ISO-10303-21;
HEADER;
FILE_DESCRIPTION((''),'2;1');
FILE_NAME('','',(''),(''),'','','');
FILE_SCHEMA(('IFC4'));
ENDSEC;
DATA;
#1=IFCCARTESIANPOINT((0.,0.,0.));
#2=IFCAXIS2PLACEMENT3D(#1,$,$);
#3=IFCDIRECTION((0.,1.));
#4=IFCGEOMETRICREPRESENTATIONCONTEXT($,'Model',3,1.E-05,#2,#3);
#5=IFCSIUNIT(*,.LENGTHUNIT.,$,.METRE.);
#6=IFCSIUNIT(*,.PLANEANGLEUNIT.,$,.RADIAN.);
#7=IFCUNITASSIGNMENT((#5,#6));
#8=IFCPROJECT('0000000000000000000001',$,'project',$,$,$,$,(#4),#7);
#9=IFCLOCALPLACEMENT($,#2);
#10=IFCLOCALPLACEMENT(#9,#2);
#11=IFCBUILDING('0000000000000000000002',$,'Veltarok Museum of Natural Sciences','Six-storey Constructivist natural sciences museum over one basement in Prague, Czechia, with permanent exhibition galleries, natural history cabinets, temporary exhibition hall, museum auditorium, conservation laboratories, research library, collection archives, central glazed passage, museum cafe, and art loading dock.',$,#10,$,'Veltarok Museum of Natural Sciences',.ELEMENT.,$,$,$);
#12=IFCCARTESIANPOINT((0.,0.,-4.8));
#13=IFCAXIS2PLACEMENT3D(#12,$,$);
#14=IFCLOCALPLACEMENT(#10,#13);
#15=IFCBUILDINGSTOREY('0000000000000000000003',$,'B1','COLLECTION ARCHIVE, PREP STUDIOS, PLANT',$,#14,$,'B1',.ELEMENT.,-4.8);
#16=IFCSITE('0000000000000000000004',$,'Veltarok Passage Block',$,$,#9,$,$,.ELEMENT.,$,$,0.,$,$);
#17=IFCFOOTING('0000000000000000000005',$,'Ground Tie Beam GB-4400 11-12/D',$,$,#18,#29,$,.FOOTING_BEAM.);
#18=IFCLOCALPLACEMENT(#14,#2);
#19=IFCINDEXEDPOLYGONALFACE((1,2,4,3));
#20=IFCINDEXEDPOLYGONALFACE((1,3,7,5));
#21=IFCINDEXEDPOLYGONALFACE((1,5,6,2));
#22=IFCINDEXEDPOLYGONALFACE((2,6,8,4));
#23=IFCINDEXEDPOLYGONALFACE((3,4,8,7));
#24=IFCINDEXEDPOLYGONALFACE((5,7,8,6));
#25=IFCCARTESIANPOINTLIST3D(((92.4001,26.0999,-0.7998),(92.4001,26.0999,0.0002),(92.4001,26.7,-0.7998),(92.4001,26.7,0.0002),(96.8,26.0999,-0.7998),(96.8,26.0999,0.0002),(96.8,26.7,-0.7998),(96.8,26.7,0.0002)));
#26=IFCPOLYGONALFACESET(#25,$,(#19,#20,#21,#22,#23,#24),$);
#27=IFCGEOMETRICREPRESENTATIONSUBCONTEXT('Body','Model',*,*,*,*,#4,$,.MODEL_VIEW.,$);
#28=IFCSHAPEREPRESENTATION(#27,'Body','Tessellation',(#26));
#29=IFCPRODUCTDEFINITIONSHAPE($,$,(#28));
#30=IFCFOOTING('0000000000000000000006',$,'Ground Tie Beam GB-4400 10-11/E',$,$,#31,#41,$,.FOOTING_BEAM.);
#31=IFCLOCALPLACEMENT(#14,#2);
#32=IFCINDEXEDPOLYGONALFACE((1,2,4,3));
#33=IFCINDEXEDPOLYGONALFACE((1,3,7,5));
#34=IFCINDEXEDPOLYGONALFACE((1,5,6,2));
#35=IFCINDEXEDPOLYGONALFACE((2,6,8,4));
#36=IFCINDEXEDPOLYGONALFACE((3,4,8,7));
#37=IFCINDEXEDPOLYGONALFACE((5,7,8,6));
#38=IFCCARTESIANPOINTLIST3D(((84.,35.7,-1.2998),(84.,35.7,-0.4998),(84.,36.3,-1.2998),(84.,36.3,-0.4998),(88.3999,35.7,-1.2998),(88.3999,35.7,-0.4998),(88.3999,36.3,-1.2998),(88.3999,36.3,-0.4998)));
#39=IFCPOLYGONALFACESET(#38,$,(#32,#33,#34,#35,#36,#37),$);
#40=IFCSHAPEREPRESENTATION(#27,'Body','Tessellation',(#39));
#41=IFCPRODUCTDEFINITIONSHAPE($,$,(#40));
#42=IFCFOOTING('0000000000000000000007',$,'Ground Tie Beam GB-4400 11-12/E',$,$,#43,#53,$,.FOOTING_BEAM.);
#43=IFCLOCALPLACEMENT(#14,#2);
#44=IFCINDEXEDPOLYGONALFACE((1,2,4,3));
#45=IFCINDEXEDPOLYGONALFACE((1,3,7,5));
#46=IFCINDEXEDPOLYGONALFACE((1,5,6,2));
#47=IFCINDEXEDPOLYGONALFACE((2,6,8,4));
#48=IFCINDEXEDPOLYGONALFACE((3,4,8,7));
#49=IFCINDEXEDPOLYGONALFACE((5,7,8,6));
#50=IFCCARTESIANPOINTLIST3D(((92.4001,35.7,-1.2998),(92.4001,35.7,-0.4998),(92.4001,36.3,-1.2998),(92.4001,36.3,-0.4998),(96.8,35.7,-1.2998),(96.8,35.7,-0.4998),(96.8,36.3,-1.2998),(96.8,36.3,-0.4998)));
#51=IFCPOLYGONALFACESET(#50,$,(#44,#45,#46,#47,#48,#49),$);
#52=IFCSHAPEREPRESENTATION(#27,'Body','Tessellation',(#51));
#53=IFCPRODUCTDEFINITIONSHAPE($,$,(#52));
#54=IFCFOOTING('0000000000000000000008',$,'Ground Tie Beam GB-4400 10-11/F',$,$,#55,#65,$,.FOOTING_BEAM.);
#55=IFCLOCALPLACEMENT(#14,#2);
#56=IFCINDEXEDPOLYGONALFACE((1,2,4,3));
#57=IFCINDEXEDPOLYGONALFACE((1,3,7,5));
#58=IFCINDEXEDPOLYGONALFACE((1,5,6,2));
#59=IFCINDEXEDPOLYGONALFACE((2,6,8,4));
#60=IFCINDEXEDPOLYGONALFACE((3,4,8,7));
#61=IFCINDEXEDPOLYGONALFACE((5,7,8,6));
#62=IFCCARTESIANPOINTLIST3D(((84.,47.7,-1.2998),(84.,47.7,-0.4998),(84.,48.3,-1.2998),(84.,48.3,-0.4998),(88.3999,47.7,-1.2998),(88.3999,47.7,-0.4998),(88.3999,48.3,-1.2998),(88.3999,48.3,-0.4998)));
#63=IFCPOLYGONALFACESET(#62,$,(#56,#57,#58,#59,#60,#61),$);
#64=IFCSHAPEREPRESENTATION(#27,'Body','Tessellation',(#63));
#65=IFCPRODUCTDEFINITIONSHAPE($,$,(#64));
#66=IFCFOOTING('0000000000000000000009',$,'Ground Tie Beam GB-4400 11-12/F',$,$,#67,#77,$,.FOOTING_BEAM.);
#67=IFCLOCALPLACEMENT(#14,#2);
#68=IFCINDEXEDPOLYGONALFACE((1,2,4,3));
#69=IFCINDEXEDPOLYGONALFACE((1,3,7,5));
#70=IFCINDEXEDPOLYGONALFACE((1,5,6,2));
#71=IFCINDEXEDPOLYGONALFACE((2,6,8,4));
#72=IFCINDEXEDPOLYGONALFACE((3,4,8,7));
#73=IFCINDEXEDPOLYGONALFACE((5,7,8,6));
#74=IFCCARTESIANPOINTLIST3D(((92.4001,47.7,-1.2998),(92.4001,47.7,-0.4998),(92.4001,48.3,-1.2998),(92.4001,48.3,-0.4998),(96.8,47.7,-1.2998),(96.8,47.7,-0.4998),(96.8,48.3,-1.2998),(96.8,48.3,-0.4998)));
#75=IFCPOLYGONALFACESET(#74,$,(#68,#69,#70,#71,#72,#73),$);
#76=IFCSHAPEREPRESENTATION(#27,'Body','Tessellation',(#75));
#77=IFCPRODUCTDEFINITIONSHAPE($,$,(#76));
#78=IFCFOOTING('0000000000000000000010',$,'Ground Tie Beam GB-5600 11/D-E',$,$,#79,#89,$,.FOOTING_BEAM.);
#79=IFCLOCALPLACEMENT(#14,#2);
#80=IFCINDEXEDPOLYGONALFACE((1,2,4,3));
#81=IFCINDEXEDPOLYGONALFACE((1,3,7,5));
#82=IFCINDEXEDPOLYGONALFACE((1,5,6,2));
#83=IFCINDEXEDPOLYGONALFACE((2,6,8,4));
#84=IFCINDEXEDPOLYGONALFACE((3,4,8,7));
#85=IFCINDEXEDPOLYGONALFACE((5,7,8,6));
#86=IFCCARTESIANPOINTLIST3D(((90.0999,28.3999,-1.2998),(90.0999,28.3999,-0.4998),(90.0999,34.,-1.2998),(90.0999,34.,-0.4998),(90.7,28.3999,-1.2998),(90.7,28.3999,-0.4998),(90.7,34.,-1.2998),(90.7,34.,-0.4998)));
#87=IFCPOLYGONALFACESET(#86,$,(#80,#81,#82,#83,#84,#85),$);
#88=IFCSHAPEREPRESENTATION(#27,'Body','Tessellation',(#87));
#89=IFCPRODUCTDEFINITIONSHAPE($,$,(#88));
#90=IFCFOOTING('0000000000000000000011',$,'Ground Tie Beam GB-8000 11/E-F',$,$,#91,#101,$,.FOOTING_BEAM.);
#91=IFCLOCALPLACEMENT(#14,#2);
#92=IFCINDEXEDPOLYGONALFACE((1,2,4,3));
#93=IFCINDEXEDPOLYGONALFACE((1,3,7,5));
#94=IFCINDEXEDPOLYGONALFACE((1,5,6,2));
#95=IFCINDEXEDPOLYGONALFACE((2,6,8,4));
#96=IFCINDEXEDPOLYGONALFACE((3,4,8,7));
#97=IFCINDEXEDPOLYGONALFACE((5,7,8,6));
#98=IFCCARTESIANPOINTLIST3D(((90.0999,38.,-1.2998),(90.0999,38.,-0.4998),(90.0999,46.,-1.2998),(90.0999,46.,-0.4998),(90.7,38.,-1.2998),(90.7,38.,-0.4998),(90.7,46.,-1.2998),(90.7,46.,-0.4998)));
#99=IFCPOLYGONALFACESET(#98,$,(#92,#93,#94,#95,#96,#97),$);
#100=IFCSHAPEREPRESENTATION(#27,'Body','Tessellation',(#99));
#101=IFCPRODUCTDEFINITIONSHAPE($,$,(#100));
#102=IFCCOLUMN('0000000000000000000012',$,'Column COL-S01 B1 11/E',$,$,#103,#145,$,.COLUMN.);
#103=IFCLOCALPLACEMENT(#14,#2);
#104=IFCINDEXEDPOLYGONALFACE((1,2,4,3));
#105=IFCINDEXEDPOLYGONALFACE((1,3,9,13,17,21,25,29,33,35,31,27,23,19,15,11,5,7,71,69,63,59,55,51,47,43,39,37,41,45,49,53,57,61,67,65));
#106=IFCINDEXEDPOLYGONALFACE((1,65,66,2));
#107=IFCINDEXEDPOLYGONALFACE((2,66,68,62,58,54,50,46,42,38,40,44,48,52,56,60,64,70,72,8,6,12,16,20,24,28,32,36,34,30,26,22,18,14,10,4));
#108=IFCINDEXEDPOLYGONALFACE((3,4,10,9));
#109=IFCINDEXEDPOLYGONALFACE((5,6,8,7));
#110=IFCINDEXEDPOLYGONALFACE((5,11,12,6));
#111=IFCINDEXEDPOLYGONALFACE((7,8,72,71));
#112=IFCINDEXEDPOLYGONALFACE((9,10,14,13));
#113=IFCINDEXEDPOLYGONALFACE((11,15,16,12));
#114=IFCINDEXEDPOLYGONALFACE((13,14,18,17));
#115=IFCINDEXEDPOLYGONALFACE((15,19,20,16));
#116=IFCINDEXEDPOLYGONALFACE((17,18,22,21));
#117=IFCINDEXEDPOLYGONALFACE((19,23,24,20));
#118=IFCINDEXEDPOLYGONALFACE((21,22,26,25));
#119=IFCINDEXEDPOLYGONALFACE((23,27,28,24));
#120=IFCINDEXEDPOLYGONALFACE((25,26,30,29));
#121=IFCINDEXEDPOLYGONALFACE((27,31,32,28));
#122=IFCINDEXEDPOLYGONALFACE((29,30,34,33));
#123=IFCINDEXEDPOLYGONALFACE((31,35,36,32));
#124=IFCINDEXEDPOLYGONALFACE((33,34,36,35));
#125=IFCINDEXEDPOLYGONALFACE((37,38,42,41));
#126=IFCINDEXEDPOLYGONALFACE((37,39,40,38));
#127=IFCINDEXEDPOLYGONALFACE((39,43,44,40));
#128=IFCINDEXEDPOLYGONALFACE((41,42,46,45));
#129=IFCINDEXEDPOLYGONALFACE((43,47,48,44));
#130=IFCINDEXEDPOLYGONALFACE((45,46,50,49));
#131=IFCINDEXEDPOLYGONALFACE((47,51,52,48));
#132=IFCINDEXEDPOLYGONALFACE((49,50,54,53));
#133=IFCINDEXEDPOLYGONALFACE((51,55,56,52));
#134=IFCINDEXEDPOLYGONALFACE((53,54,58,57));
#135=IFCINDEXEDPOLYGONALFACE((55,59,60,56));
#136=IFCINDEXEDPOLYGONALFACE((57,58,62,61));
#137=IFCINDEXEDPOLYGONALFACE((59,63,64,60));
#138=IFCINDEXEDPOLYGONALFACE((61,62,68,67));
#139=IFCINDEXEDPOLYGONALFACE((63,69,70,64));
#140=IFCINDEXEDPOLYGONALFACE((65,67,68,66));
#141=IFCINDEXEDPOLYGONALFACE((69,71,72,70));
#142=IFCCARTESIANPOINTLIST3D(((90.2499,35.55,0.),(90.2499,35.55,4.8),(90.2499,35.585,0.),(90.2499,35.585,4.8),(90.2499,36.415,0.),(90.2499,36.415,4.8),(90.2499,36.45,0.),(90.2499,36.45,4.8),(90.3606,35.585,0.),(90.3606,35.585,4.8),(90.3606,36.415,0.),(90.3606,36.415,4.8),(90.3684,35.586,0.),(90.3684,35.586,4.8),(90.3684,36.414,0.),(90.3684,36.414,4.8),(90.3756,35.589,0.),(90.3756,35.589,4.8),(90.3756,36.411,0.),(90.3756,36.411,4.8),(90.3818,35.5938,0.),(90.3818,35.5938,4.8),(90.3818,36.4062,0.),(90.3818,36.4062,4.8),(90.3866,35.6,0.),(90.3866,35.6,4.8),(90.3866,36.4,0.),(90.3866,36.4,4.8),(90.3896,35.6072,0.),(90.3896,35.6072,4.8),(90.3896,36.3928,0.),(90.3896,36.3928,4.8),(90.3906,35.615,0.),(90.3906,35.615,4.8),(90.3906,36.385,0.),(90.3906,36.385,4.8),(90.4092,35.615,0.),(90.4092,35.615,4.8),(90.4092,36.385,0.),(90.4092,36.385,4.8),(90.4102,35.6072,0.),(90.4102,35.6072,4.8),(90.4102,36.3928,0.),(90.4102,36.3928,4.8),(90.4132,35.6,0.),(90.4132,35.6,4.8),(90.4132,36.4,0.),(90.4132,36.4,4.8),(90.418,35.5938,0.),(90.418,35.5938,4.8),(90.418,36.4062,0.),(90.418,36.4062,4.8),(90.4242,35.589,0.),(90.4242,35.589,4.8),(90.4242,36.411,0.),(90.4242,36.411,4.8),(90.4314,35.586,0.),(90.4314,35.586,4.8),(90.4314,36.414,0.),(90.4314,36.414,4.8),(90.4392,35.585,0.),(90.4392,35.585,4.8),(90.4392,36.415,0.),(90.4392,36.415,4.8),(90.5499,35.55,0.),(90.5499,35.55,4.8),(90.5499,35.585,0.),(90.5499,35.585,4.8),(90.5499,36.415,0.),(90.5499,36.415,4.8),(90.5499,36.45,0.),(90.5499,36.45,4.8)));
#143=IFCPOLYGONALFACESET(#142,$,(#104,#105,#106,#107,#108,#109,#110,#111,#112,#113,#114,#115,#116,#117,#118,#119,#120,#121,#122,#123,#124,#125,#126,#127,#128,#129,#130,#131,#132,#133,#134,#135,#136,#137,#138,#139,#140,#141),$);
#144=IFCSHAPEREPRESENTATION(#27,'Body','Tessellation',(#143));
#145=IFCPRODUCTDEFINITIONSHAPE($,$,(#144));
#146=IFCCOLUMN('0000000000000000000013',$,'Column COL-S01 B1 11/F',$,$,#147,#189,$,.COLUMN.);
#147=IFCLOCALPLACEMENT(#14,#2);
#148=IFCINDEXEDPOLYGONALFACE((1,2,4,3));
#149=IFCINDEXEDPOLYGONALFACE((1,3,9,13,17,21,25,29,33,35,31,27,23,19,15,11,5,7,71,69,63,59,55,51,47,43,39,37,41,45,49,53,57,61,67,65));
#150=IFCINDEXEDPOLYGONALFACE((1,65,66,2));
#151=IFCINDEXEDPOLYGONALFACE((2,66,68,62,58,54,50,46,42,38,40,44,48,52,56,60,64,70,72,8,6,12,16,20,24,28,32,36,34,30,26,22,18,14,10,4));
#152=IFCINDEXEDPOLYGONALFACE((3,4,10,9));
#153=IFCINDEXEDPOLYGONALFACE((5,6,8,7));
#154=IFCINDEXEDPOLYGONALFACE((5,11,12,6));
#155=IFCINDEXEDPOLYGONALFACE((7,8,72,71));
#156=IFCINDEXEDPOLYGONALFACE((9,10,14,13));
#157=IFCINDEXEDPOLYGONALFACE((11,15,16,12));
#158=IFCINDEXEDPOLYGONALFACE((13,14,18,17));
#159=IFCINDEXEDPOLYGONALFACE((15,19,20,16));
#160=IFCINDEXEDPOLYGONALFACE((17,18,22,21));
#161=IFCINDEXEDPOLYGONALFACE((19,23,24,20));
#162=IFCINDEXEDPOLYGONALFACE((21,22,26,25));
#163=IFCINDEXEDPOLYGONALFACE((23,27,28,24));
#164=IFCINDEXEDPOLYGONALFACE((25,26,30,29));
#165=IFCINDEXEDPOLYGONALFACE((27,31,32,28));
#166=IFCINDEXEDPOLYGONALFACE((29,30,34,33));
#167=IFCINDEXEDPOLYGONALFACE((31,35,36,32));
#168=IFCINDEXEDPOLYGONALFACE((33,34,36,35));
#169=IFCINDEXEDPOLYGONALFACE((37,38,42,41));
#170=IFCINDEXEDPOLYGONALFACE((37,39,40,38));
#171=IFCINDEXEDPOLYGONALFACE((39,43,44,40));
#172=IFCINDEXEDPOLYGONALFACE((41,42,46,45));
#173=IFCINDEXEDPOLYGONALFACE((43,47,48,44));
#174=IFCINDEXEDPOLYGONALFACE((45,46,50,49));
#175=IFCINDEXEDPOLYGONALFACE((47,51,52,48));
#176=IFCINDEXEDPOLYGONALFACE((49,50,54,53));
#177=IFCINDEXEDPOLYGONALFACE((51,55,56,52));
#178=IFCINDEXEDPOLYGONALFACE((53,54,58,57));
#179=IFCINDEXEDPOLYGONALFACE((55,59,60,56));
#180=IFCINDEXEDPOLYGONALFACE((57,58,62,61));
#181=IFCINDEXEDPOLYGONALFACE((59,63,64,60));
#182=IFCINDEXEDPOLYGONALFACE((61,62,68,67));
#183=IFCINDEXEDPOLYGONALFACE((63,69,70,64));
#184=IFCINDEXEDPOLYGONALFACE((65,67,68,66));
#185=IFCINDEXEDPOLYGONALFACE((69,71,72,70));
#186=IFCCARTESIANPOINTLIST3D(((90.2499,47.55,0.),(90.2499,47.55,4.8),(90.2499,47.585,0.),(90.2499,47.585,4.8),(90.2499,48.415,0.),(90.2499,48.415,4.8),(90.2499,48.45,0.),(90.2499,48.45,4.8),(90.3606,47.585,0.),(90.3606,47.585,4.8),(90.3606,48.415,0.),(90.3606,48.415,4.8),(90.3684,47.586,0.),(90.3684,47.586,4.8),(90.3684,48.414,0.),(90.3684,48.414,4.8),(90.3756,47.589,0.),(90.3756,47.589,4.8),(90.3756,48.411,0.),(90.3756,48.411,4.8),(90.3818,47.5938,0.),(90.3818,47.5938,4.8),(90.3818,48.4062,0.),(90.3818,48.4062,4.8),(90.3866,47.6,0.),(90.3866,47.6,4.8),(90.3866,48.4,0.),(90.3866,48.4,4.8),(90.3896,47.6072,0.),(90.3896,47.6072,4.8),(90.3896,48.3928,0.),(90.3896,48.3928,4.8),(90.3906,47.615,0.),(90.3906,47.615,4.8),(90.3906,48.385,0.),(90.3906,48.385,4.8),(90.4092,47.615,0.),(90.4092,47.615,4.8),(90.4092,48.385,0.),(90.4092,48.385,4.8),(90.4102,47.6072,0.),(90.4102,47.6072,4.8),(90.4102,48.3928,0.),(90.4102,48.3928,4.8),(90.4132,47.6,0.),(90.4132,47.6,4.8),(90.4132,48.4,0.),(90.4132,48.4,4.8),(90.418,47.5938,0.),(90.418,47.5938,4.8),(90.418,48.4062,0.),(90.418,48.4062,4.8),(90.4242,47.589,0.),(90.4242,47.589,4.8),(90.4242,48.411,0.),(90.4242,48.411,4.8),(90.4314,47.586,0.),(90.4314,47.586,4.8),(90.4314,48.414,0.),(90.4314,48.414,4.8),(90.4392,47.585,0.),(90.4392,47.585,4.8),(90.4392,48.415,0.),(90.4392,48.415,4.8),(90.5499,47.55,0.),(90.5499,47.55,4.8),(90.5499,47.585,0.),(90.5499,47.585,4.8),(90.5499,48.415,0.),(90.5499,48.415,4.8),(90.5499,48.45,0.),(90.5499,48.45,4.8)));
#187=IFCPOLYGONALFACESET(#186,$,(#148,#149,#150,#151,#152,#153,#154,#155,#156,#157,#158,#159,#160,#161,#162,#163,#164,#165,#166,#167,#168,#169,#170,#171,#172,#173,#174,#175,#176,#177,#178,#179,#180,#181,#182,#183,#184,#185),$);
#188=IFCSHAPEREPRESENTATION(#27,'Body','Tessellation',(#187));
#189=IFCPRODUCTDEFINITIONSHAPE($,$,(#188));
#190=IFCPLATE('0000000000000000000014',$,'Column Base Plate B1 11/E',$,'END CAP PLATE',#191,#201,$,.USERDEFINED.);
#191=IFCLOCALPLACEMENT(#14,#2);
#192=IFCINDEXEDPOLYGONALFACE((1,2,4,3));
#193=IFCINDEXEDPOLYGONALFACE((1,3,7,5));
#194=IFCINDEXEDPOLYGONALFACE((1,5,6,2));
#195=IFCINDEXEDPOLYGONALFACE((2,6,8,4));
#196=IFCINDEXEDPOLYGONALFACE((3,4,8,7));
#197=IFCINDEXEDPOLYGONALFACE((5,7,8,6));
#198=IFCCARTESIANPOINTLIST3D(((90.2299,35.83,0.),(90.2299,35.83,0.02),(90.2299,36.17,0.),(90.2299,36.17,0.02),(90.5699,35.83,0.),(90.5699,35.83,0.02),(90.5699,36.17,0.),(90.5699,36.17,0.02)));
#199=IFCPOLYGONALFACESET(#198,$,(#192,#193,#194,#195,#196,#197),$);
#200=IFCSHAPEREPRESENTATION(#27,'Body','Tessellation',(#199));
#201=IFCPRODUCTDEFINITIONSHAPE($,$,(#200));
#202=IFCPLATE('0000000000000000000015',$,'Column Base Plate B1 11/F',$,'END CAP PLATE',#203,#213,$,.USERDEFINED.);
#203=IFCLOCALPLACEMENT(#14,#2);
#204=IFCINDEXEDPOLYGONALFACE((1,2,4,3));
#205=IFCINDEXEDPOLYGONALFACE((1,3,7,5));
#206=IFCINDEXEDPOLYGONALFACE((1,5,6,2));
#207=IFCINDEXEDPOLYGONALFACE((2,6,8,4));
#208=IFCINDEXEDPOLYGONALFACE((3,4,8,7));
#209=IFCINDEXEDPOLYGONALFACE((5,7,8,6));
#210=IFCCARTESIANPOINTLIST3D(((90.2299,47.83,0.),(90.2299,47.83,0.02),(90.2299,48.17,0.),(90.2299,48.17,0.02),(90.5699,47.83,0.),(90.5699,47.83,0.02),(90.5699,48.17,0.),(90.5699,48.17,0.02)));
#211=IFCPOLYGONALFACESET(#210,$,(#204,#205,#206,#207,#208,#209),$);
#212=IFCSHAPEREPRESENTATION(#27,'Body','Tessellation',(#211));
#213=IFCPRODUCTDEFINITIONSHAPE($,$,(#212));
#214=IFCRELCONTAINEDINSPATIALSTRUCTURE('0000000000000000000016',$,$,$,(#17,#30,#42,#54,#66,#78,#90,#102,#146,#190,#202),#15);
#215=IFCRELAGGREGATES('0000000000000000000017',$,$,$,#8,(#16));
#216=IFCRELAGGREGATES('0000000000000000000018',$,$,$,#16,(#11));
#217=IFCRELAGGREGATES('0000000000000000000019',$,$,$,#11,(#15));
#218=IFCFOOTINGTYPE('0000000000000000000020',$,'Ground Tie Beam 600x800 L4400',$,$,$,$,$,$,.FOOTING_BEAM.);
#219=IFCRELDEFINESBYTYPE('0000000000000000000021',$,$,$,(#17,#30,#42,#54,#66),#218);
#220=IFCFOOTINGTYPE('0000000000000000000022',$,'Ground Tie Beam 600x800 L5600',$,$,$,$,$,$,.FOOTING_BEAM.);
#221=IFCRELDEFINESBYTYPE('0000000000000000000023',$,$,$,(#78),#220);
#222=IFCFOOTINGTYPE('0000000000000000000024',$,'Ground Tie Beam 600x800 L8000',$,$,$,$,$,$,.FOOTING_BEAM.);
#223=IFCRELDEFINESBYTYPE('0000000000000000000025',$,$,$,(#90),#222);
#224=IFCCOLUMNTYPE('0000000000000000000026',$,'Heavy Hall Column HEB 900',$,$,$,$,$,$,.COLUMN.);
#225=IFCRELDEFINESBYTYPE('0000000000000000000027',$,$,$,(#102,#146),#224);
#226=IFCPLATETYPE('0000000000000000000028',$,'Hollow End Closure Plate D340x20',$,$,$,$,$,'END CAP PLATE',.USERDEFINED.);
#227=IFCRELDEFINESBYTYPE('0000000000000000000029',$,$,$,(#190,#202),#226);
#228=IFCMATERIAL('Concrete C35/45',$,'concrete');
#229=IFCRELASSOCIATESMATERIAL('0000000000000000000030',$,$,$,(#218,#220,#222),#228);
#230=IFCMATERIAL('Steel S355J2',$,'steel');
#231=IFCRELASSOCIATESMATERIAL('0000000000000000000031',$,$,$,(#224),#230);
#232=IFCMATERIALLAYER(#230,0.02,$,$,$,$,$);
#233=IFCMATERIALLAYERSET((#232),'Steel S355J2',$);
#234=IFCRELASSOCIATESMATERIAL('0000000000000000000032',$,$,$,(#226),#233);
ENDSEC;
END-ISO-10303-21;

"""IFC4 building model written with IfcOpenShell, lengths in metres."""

from ifc_helpers import new_model, si_unit, direction, frame, origin, origin_2d, place, context, subcontext, project, spatial, rectangle, i_section, extrude, material, layer, layer_set, material_profile, profile_set, type_object, element, save


model = new_model("IFC4")

# Units and contexts
model_context = context("Model", 3, precision=1e-05, world=origin(), true_north=direction((0.0, 1.0)))
body_context = subcontext(model_context, "Body", "Model", "MODEL_VIEW")
ifc_project = project(units=[si_unit("LENGTHUNIT", "METRE"), si_unit("PLANEANGLEUNIT", "RADIAN")], contexts=[model_context])

# Site, building, storey
site_placement = place(None, origin())
site = spatial("IfcSite", under=ifc_project, at=site_placement, Name="Veltarok Passage Block", CompositionType="ELEMENT", RefElevation=0.0)
building_placement = place(site_placement, origin())
building = spatial("IfcBuilding", under=site, at=building_placement, Name="Veltarok Museum of Natural Sciences", Description="Six-storey Constructivist natural sciences museum over one basement in Prague, Czechia, with permanent exhibition galleries, natural history cabinets, temporary exhibition hall, museum auditorium, conservation laboratories, research library, collection archives, central glazed passage, museum cafe, and art loading dock.", LongName="Veltarok Museum of Natural Sciences", CompositionType="ELEMENT")
storey_placement = place(building_placement, frame((0.0, 0.0, -4.8)))
storey = spatial("IfcBuildingStorey", under=building, at=storey_placement, Name="B1", Description="COLLECTION ARCHIVE, PREP STUDIOS, PLANT", LongName="B1", CompositionType="ELEMENT", Elevation=-4.8)

# Shared definitions
ifc_material_1 = material(Name="Concrete C35/45", Category="concrete")

# Footings
footing_type_1 = type_object("IfcFootingType", Name="Ground Tie Beam 600x800 L4400", PredefinedType="FOOTING_BEAM", material=ifc_material_1)
for number, where, z_axis, x_axis, name in (
    (1, (94.6001, 26.3999, -0.7998), (0.0, 0.0, 1.0), (1.0, 0.0, 0.0), "Ground Tie Beam GB-4400 11-12/D"),
    (2, (86.2, 36.0, -1.2998), (0.0, 0.0, 1.0), (1.0, 0.0, 0.0), "Ground Tie Beam GB-4400 10-11/E"),
    (3, (94.6001, 36.0, -1.2998), (0.0, 0.0, 1.0), (1.0, 0.0, 0.0), "Ground Tie Beam GB-4400 11-12/E"),
    (4, (86.2, 48.0, -1.2998), (0.0, 0.0, 1.0), (1.0, 0.0, 0.0), "Ground Tie Beam GB-4400 10-11/F"),
    (5, (94.6001, 48.0, -1.2998), (0.0, 0.0, 1.0), (1.0, 0.0, 0.0), "Ground Tie Beam GB-4400 11-12/F"),
):
    element("IfcFooting", number, at=place(storey_placement, frame(where, z_axis=z_axis, x_axis=x_axis)), inside=storey, type_object=footing_type_1, Name=name, PredefinedType="FOOTING_BEAM", context=body_context, shape_type="SweptSolid", body=[
        extrude(rectangle(XDim=4.3999, YDim=0.6001, at=origin_2d()), origin(), (0.0, 0.0, 1.0), 0.8),
    ])
footing_type_2 = type_object("IfcFootingType", Name="Ground Tie Beam 600x800 L5600", PredefinedType="FOOTING_BEAM", material=ifc_material_1)
footing_1_placement = place(storey_placement, frame((90.3999, 31.2, -1.2998), z_axis=(0.0, 0.0, 1.0), x_axis=(0.0, 1.0, 0.0)))
element("IfcFooting", 6, at=footing_1_placement, inside=storey, type_object=footing_type_2, Name="Ground Tie Beam GB-5600 11/D-E", PredefinedType="FOOTING_BEAM", context=body_context, shape_type="SweptSolid", body=[
    extrude(rectangle(XDim=5.6001, YDim=0.6001, at=origin_2d()), origin(), (0.0, 0.0, 1.0), 0.8),
])
footing_type_3 = type_object("IfcFootingType", Name="Ground Tie Beam 600x800 L8000", PredefinedType="FOOTING_BEAM", material=ifc_material_1)
footing_2_placement = place(storey_placement, frame((90.3999, 42.0, -1.2998), z_axis=(0.0, 0.0, 1.0), x_axis=(0.0, 1.0, 0.0)))
element("IfcFooting", 7, at=footing_2_placement, inside=storey, type_object=footing_type_3, Name="Ground Tie Beam GB-8000 11/E-F", PredefinedType="FOOTING_BEAM", context=body_context, shape_type="SweptSolid", body=[
    extrude(rectangle(XDim=8.0, YDim=0.6001, at=origin_2d()), origin(), (0.0, 0.0, 1.0), 0.8),
])

# Columns
ifc_material_2 = material(Name="Steel S355J2", Category="steel")
ifc_material_profile_1 = material_profile(ifc_material_2, i_section(OverallWidth=0.3, OverallDepth=0.8999, WebThickness=0.0186, FlangeThickness=0.0349, FilletRadius=0.03, at=origin_2d()), Name="HEB 900")
ifc_profile_set_1 = profile_set([ifc_material_profile_1], Name="Steel S355J2")
column_type = type_object("IfcColumnType", Name="Heavy Hall Column HEB 900", PredefinedType="COLUMN", material=ifc_profile_set_1)
for number, where, z_axis, x_axis, name in (
    (8, (90.3999, 36.0, 0.0), (0.0, 0.0, 1.0), (1.0, 0.0, 0.0), "Column COL-S01 B1 11/E"),
    (9, (90.3999, 48.0, 0.0), (0.0, 0.0, 1.0), (1.0, 0.0, 0.0), "Column COL-S01 B1 11/F"),
):
    element("IfcColumn", number, at=place(storey_placement, frame(where, z_axis=z_axis, x_axis=x_axis)), inside=storey, type_object=column_type, Name=name, PredefinedType="COLUMN", context=body_context, shape_type="SweptSolid", body=[
        extrude(i_section(OverallWidth=0.3, OverallDepth=0.8999, WebThickness=0.0186, FlangeThickness=0.0349, FilletRadius=0.03, at=origin_2d()), origin(), (0.0, 0.0, 1.0), 4.8),
    ])

# Plates
ifc_layer_1 = layer(ifc_material_2, 0.02)
ifc_layer_set_1 = layer_set([ifc_layer_1], Name="Steel S355J2")
plate_type = type_object("IfcPlateType", Name="Hollow End Closure Plate D340x20", ElementType="END CAP PLATE", PredefinedType="USERDEFINED", material=ifc_layer_set_1)
for number, where, z_axis, x_axis, name in (
    (10, (90.3999, 36.0, 0.0), (0.0, 0.0, 1.0), (1.0, 0.0, 0.0), "Column Base Plate B1 11/E"),
    (11, (90.3999, 48.0, 0.0), (0.0, 0.0, 1.0), (1.0, 0.0, 0.0), "Column Base Plate B1 11/F"),
):
    element("IfcPlate", number, at=place(storey_placement, frame(where, z_axis=z_axis, x_axis=x_axis)), inside=storey, type_object=plate_type, Name=name, ObjectType="END CAP PLATE", PredefinedType="USERDEFINED", context=body_context, shape_type="SweptSolid", body=[
        extrude(rectangle(XDim=0.3401, YDim=0.3401, at=origin_2d()), origin(), (0.0, 0.0, 1.0), 0.02),
    ])

save(model, "model.ifc")
